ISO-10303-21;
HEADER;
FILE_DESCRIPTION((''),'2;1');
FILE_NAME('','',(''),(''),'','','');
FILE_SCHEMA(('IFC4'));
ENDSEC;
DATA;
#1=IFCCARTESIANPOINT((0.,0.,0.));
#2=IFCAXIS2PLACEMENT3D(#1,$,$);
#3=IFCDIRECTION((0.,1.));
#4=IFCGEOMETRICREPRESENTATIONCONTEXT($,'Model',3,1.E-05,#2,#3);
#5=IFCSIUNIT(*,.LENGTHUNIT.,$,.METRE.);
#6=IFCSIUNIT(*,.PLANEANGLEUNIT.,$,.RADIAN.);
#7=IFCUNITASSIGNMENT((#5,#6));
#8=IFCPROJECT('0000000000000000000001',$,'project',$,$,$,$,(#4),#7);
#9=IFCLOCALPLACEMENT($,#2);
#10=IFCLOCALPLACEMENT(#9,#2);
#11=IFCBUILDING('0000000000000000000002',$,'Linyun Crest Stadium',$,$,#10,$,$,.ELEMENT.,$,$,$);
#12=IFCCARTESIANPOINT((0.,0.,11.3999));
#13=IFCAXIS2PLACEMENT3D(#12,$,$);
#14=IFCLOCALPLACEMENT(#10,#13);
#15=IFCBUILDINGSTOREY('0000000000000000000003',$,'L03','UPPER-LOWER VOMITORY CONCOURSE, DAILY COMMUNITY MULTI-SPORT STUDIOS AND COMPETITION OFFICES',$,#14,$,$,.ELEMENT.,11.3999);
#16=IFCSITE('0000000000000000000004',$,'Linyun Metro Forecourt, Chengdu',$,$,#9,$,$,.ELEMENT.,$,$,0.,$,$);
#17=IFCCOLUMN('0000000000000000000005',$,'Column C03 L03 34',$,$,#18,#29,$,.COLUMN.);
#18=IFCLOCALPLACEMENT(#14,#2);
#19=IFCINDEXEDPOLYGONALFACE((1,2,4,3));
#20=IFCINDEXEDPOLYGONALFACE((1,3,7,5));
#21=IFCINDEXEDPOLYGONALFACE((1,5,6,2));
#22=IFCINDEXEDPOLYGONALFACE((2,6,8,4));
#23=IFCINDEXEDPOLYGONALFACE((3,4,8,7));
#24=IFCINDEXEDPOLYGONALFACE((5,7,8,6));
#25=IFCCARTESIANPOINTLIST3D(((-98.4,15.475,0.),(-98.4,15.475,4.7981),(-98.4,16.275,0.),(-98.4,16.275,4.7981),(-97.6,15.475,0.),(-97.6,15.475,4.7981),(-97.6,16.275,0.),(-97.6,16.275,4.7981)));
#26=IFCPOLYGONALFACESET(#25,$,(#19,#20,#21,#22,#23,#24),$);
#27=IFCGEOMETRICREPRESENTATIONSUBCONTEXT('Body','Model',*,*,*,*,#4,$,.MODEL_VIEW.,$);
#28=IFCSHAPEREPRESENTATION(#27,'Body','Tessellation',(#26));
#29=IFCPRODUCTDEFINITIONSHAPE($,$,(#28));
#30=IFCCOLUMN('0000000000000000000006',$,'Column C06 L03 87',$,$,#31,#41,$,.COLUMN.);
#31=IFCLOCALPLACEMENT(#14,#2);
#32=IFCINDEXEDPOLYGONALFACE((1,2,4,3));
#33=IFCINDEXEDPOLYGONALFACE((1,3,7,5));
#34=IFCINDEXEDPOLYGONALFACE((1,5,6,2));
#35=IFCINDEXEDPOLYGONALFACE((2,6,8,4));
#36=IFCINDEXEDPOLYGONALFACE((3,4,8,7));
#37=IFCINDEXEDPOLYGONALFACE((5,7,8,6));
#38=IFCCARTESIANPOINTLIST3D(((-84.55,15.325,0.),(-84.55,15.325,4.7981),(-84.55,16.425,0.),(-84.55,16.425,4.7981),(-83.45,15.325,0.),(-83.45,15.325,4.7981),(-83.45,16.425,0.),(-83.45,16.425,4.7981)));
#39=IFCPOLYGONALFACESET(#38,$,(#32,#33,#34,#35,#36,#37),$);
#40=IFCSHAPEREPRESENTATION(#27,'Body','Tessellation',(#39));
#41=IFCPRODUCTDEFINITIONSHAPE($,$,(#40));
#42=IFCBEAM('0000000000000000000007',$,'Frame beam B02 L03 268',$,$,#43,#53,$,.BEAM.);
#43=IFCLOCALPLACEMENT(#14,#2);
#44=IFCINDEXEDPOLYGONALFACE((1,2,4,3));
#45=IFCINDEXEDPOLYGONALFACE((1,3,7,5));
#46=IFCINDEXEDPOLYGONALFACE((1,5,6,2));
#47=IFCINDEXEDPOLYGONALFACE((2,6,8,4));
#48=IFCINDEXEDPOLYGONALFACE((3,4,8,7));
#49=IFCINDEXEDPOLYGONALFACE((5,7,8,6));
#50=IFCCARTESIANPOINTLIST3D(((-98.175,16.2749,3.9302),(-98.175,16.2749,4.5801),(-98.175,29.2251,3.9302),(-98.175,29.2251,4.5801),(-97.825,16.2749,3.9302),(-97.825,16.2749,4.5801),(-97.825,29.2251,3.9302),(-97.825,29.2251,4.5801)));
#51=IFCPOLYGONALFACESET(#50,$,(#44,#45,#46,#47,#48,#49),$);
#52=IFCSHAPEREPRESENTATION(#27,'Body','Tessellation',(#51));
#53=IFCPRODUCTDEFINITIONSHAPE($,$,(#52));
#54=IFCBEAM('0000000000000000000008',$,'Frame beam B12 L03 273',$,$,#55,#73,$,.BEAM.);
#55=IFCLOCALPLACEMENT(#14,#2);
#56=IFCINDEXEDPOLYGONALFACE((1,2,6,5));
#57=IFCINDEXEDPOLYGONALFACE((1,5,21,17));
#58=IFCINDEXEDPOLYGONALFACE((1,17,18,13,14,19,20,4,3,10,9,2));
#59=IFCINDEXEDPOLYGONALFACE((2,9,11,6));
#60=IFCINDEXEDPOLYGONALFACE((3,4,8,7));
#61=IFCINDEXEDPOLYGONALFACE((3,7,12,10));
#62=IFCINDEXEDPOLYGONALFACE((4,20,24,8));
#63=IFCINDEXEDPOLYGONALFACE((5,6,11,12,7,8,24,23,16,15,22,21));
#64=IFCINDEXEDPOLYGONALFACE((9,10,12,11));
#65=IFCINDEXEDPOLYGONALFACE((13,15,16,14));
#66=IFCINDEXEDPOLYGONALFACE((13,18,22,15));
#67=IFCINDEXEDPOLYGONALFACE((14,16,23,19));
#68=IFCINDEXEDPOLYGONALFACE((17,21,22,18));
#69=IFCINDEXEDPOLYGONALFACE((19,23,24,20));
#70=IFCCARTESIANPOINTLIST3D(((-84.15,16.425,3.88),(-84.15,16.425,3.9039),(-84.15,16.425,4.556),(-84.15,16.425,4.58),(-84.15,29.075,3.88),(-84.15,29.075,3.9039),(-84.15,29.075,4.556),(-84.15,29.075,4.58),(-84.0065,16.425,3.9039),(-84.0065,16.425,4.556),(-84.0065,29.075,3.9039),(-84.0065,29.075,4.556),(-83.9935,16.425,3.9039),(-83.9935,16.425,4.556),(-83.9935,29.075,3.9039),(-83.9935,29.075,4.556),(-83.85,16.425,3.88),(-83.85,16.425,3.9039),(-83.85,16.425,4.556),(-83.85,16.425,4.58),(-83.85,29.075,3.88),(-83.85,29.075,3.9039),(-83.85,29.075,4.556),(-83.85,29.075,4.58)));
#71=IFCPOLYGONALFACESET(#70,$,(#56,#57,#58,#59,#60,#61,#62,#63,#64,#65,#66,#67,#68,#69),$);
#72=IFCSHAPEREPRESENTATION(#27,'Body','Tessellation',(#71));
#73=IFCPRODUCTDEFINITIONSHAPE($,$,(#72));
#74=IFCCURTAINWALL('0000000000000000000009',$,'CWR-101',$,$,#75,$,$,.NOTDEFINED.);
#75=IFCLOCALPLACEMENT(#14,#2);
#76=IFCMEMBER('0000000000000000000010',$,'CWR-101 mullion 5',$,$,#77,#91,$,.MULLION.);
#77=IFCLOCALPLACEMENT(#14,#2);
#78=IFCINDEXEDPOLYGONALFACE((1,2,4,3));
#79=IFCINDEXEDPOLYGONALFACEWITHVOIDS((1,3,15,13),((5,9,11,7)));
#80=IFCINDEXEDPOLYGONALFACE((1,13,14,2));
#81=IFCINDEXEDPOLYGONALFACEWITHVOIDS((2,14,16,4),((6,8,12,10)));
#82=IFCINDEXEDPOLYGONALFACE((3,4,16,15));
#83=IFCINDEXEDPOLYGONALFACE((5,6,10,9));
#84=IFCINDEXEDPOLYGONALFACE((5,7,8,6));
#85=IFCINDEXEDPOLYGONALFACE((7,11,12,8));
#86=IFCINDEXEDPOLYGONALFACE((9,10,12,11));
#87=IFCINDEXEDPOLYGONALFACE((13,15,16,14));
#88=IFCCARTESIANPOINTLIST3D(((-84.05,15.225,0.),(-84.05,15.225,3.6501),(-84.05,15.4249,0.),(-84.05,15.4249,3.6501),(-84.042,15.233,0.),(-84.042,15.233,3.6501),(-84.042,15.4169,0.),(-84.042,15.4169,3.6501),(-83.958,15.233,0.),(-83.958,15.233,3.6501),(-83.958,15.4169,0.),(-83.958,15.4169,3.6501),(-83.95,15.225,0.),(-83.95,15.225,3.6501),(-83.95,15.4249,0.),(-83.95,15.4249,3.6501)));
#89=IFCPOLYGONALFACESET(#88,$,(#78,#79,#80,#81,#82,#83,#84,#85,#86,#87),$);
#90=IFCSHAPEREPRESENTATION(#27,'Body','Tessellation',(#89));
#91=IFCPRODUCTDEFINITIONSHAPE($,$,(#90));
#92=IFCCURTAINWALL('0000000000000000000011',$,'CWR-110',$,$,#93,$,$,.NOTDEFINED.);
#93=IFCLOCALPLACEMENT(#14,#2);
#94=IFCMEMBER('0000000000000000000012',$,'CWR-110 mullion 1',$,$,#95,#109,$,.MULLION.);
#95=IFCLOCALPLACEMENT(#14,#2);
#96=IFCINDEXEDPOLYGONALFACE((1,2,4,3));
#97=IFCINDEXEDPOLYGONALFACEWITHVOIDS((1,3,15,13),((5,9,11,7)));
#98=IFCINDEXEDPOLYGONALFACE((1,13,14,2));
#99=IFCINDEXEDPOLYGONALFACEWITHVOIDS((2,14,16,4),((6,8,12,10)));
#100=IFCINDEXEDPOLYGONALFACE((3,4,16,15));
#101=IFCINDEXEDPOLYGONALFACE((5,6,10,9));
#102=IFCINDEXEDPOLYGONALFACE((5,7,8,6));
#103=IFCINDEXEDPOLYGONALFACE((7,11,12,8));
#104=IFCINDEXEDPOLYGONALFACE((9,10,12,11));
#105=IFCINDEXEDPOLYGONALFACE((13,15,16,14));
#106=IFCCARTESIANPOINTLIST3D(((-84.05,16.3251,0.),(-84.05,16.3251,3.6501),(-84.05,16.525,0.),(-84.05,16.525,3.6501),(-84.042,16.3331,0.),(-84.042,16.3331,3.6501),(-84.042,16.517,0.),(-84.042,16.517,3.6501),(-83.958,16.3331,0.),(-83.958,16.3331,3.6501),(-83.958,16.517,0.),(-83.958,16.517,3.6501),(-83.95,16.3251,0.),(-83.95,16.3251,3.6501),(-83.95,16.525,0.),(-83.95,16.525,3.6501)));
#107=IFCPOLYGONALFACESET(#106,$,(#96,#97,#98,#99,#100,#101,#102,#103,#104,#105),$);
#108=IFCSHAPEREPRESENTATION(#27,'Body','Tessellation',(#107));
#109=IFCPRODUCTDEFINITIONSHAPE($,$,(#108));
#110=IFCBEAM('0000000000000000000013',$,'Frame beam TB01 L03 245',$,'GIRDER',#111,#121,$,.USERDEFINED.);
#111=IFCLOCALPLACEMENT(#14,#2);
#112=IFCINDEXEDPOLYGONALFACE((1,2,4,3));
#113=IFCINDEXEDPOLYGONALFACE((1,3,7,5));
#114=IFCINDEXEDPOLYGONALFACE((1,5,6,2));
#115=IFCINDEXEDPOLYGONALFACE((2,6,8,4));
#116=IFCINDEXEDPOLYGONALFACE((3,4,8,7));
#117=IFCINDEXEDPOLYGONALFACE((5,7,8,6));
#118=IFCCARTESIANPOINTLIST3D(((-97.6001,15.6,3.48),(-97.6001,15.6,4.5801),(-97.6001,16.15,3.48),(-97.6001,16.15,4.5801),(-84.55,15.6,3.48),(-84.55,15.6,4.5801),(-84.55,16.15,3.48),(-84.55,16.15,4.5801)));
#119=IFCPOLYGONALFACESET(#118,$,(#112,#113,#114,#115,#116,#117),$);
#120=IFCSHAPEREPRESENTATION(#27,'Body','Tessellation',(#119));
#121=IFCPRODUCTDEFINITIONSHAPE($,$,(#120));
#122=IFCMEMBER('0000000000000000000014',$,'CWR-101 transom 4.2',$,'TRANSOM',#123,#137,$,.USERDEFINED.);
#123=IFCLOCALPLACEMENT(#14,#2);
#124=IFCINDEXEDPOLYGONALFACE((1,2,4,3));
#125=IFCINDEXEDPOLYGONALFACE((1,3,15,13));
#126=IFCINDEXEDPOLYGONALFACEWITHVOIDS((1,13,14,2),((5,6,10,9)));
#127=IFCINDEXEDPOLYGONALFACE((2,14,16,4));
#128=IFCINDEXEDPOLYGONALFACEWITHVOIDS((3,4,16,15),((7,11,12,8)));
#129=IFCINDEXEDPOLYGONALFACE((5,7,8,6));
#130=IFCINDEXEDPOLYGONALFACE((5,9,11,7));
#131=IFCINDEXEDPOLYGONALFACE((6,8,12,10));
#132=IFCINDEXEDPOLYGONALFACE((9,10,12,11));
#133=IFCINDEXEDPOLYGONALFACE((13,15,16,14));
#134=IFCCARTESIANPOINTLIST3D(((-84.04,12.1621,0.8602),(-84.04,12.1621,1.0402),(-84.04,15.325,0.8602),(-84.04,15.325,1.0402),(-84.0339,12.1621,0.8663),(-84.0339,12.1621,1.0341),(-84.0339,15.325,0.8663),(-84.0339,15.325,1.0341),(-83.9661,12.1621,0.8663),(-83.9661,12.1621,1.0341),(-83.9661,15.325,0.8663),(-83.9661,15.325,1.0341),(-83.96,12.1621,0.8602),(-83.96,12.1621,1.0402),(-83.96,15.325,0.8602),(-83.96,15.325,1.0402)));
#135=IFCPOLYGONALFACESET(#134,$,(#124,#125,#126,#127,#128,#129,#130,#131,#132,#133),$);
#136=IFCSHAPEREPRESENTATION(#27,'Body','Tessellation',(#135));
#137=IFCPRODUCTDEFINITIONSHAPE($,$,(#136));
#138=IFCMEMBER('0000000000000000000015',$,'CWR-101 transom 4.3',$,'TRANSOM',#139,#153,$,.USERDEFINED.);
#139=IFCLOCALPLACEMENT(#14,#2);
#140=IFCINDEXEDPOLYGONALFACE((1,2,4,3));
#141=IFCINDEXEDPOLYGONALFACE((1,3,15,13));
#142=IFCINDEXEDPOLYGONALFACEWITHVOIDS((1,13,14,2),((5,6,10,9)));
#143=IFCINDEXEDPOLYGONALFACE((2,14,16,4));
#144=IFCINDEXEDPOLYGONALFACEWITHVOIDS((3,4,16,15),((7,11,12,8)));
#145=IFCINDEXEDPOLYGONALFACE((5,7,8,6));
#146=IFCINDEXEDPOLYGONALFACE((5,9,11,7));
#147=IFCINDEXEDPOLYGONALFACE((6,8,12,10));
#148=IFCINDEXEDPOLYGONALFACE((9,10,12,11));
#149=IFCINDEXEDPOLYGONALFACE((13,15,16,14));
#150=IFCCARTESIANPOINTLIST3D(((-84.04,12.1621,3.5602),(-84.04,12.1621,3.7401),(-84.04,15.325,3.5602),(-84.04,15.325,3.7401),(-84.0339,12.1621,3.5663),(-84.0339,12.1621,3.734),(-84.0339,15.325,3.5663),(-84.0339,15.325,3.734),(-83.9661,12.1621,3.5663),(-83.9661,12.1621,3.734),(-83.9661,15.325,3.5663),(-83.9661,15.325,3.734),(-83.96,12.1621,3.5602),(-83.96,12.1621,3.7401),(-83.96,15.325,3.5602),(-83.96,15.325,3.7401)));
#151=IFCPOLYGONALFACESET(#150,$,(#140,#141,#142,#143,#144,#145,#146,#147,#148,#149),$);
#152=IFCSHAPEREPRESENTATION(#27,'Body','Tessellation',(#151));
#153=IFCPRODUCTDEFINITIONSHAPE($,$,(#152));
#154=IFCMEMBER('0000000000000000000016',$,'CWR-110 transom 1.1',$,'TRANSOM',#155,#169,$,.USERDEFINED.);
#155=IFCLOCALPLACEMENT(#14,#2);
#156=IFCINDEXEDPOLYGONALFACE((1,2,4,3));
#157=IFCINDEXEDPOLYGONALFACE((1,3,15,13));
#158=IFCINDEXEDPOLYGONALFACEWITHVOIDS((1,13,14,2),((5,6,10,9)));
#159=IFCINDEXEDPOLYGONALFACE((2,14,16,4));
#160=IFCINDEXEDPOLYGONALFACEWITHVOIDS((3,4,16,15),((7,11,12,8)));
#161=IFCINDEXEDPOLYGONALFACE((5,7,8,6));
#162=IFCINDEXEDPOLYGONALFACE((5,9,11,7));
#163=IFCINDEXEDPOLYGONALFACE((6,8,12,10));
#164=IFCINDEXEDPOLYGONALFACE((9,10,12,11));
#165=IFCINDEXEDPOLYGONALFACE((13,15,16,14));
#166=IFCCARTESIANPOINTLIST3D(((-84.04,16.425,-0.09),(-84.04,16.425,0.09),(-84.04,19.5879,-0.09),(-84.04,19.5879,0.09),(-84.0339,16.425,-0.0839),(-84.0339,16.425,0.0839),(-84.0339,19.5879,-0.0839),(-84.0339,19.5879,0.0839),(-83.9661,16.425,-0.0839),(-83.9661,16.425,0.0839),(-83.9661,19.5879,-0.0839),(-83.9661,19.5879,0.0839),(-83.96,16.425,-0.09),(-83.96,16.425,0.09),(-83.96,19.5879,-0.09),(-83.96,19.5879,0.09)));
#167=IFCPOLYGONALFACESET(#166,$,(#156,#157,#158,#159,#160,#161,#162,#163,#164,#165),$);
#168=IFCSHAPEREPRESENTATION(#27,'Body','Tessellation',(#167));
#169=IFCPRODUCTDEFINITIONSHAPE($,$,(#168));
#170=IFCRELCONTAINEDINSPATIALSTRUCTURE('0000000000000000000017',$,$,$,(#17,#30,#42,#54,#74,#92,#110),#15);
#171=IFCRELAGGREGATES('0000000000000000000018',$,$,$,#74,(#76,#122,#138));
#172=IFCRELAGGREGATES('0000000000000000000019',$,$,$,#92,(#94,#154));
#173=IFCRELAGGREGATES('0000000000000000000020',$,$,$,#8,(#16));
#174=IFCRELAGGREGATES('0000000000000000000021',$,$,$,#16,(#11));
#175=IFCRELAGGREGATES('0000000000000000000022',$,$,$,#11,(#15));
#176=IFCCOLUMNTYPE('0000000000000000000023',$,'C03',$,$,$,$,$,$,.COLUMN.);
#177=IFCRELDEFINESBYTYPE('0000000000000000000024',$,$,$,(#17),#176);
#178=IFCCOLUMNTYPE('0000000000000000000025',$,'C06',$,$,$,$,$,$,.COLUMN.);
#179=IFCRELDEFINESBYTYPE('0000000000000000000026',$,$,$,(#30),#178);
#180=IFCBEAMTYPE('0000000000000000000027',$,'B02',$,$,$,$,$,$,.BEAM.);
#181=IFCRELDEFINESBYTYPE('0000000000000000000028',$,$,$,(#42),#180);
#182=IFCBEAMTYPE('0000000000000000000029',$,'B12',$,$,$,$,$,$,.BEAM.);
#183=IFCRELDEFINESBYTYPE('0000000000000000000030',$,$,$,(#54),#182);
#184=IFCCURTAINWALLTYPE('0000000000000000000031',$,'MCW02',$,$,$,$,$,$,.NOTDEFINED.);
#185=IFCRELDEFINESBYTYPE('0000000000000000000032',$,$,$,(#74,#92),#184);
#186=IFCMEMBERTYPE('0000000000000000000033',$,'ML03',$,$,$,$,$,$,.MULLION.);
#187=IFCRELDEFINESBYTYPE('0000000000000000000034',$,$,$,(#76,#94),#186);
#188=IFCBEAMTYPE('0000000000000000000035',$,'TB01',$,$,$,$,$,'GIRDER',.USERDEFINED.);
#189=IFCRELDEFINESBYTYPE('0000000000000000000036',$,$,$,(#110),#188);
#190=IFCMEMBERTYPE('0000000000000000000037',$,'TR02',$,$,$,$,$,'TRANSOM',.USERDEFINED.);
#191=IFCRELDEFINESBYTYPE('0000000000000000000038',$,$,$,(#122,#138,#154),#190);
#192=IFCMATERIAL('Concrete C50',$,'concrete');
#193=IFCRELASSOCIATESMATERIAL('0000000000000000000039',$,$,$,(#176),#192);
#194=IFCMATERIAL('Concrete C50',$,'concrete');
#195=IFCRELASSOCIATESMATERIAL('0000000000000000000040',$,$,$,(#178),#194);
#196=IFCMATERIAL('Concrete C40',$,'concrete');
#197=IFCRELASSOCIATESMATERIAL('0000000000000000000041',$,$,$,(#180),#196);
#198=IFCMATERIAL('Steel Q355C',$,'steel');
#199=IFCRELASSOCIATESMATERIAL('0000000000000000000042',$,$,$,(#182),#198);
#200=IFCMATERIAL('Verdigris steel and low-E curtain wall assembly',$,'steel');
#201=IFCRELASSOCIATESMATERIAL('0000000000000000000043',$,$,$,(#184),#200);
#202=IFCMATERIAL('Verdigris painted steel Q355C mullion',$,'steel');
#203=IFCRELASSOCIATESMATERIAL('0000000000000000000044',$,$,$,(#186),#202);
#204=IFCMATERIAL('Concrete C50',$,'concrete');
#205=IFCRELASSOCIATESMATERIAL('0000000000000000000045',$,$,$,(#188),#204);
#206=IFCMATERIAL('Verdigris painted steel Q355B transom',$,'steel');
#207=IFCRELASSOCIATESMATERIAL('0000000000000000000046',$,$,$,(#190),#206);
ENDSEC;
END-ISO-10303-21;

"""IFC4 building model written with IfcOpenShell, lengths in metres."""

from ifc_helpers import new_model, si_unit, direction, frame, origin, origin_2d, place, context, subcontext, project, spatial, rectangle, hollow_rectangle, i_section, extrude, material, material_profile, profile_set, type_object, element, aggregate, save


model = new_model("IFC4")

# Units and contexts
model_context = context("Model", 3, precision=1e-05, world=origin(), true_north=direction((0.0, 1.0)))
body_context = subcontext(model_context, "Body", "Model", "MODEL_VIEW")
ifc_project = project(units=[si_unit("LENGTHUNIT", "METRE"), si_unit("PLANEANGLEUNIT", "RADIAN")], contexts=[model_context])

# Site, building, storey
site_placement = place(None, origin())
site = spatial("IfcSite", under=ifc_project, at=site_placement, Name="Linyun Metro Forecourt, Chengdu", CompositionType="ELEMENT", RefElevation=0.0)
building_placement = place(site_placement, origin())
building = spatial("IfcBuilding", under=site, at=building_placement, Name="Linyun Crest Stadium", CompositionType="ELEMENT")
storey_placement = place(building_placement, frame((0.0, 0.0, 11.3999)))
storey = spatial("IfcBuildingStorey", under=building, at=storey_placement, Name="L03", Description="UPPER-LOWER VOMITORY CONCOURSE, DAILY COMMUNITY MULTI-SPORT STUDIOS AND COMPETITION OFFICES", CompositionType="ELEMENT", Elevation=11.3999)

# Columns
ifc_material_1 = material(Name="Concrete C50", Category="concrete")
ifc_material_profile_1 = material_profile(ifc_material_1, rectangle(XDim=0.8, YDim=0.8, at=origin_2d()), Name="RC 800x800")
ifc_profile_set_1 = profile_set([ifc_material_profile_1], Name="Concrete C50")
column_type_1 = type_object("IfcColumnType", Name="C03", PredefinedType="COLUMN", material=ifc_profile_set_1)
column_1_placement = place(storey_placement, frame((-98.0, 15.875, 0.0), z_axis=(0.0, 0.0, 1.0), x_axis=(1.0, 0.0, 0.0)))
element("IfcColumn", 1, at=column_1_placement, inside=storey, type_object=column_type_1, Name="Column C03 L03 34", PredefinedType="COLUMN", context=body_context, shape_type="SweptSolid", body=[
    extrude(rectangle(XDim=0.8, YDim=0.8, at=origin_2d()), origin(), (0.0, 0.0, 1.0), 4.7981),
])
ifc_material_2 = material(Name="Concrete C50", Category="concrete")
ifc_material_profile_2 = material_profile(ifc_material_2, rectangle(XDim=1.1001, YDim=1.1001, at=origin_2d()), Name="RC 1100x1100")
ifc_profile_set_2 = profile_set([ifc_material_profile_2], Name="Concrete C50")
column_type_2 = type_object("IfcColumnType", Name="C06", PredefinedType="COLUMN", material=ifc_profile_set_2)
column_2_placement = place(storey_placement, frame((-84.0, 15.875, 0.0), z_axis=(0.0, 0.0, 1.0), x_axis=(1.0, 0.0, 0.0)))
element("IfcColumn", 2, at=column_2_placement, inside=storey, type_object=column_type_2, Name="Column C06 L03 87", PredefinedType="COLUMN", context=body_context, shape_type="SweptSolid", body=[
    extrude(rectangle(XDim=1.1001, YDim=1.1001, at=origin_2d()), origin(), (0.0, 0.0, 1.0), 4.7981),
])

# Beams
ifc_material_3 = material(Name="Concrete C40", Category="concrete")
ifc_material_profile_3 = material_profile(ifc_material_3, rectangle(XDim=0.3501, YDim=0.6499, at=origin_2d()), Name="RCB 650x350")
ifc_profile_set_3 = profile_set([ifc_material_profile_3], Name="Concrete C40")
beam_type_1 = type_object("IfcBeamType", Name="B02", PredefinedType="BEAM", material=ifc_profile_set_3)
beam_1_placement = place(storey_placement, frame((-98.0, 16.2749, 4.2551), z_axis=(0.0, 1.0, 0.0), x_axis=(-1.0, 0.0, 0.0)))
element("IfcBeam", 3, at=beam_1_placement, inside=storey, type_object=beam_type_1, Name="Frame beam B02 L03 268", PredefinedType="BEAM", context=body_context, shape_type="SweptSolid", body=[
    extrude(rectangle(XDim=0.3501, YDim=0.6499, at=origin_2d()), origin(), (0.0, 0.0, 1.0), 12.9502),
])
ifc_material_4 = material(Name="Steel Q355C", Category="steel")
ifc_material_profile_4 = material_profile(ifc_material_4, i_section(OverallWidth=0.3, OverallDepth=0.7, WebThickness=0.0129, FlangeThickness=0.0239, at=origin_2d()), Name="HN 700x300")
ifc_profile_set_4 = profile_set([ifc_material_profile_4], Name="Steel Q355C")
beam_type_2 = type_object("IfcBeamType", Name="B12", PredefinedType="BEAM", material=ifc_profile_set_4)
beam_2_placement = place(storey_placement, frame((-84.0, 16.425, 4.23), z_axis=(0.0, 1.0, 0.0), x_axis=(-1.0, 0.0, 0.0)))
element("IfcBeam", 4, at=beam_2_placement, inside=storey, type_object=beam_type_2, Name="Frame beam B12 L03 273", PredefinedType="BEAM", context=body_context, shape_type="SweptSolid", body=[
    extrude(i_section(OverallWidth=0.3, OverallDepth=0.7, WebThickness=0.0129, FlangeThickness=0.0239, at=origin_2d()), origin(), (0.0, 0.0, 1.0), 12.6499),
])

# Curtain walls, members
ifc_material_5 = material(Name="Verdigris steel and low-E curtain wall assembly", Category="steel")
curtain_wall_type = type_object("IfcCurtainWallType", Name="MCW02", PredefinedType="NOTDEFINED", material=ifc_material_5)
curtain_wall_1_placement = place(storey_placement, origin())
curtain_wall_1 = element("IfcCurtainWall", 5, at=curtain_wall_1_placement, inside=storey, type_object=curtain_wall_type, Name="CWR-101", PredefinedType="NOTDEFINED")
ifc_material_6 = material(Name="Verdigris painted steel Q355C mullion", Category="steel")
ifc_material_profile_5 = material_profile(ifc_material_6, hollow_rectangle(XDim=0.1001, YDim=0.2, WallThickness=0.0081, at=origin_2d()), Name="RHS 200x100x8")
ifc_profile_set_5 = profile_set([ifc_material_profile_5], Name="Verdigris painted steel Q355C mullion")
member_type_1 = type_object("IfcMemberType", Name="ML03", PredefinedType="MULLION", material=ifc_profile_set_5)
member_1_placement = place(storey_placement, frame((-84.0, 15.325, 0.0), z_axis=(0.0, 0.0, 1.0), x_axis=(-1.0, 0.0, 0.0)))
member_1 = element("IfcMember", 6, at=member_1_placement, type_object=member_type_1, Name="CWR-101 mullion 5", PredefinedType="MULLION", context=body_context, shape_type="SweptSolid", body=[
    extrude(hollow_rectangle(XDim=0.1001, YDim=0.2, WallThickness=0.0081, at=origin_2d()), origin(), (0.0, 0.0, 1.0), 3.6501),
])
curtain_wall_2_placement = place(storey_placement, origin())
curtain_wall_2 = element("IfcCurtainWall", 7, at=curtain_wall_2_placement, inside=storey, type_object=curtain_wall_type, Name="CWR-110", PredefinedType="NOTDEFINED")
member_2_placement = place(storey_placement, frame((-84.0, 16.425, 0.0), z_axis=(0.0, 0.0, 1.0), x_axis=(-1.0, 0.0, 0.0)))
member_2 = element("IfcMember", 8, at=member_2_placement, type_object=member_type_1, Name="CWR-110 mullion 1", PredefinedType="MULLION", context=body_context, shape_type="SweptSolid", body=[
    extrude(hollow_rectangle(XDim=0.1001, YDim=0.2, WallThickness=0.0081, at=origin_2d()), origin(), (0.0, 0.0, 1.0), 3.6501),
])

# Beam
ifc_material_7 = material(Name="Concrete C50", Category="concrete")
ifc_material_profile_6 = material_profile(ifc_material_7, rectangle(XDim=0.55, YDim=1.1001, at=origin_2d()), Name="RCB 1100x550")
ifc_profile_set_6 = profile_set([ifc_material_profile_6], Name="Concrete C50")
beam_type_3 = type_object("IfcBeamType", Name="TB01", ElementType="GIRDER", PredefinedType="USERDEFINED", material=ifc_profile_set_6)
beam_3_placement = place(storey_placement, frame((-97.6001, 15.875, 4.03), z_axis=(1.0, 0.0, 0.0), x_axis=(0.0, 1.0, 0.0)))
element("IfcBeam", 9, at=beam_3_placement, inside=storey, type_object=beam_type_3, Name="Frame beam TB01 L03 245", ObjectType="GIRDER", PredefinedType="USERDEFINED", context=body_context, shape_type="SweptSolid", body=[
    extrude(rectangle(XDim=0.55, YDim=1.1001, at=origin_2d()), origin(), (0.0, 0.0, 1.0), 13.05),
])

# Members
ifc_material_8 = material(Name="Verdigris painted steel Q355B transom", Category="steel")
ifc_material_profile_7 = material_profile(ifc_material_8, hollow_rectangle(XDim=0.0801, YDim=0.1799, WallThickness=0.0061, at=origin_2d()), Name="RHS 180x80x6")
ifc_profile_set_7 = profile_set([ifc_material_profile_7], Name="Verdigris painted steel Q355B transom")
member_type_2 = type_object("IfcMemberType", Name="TR02", ElementType="TRANSOM", PredefinedType="USERDEFINED", material=ifc_profile_set_7)
member_3_placement = place(storey_placement, frame((-84.0, 12.1621, 0.9502), z_axis=(0.0, 1.0, 0.0), x_axis=(-1.0, 0.0, 0.0)))
member_3 = element("IfcMember", 10, at=member_3_placement, type_object=member_type_2, Name="CWR-101 transom 4.2", ObjectType="TRANSOM", PredefinedType="USERDEFINED", context=body_context, shape_type="SweptSolid", body=[
    extrude(hollow_rectangle(XDim=0.0801, YDim=0.1799, WallThickness=0.0061, at=origin_2d()), origin(), (0.0, 0.0, 1.0), 3.1628),
])
member_4_placement = place(storey_placement, frame((-84.0, 12.1621, 3.6501), z_axis=(0.0, 1.0, 0.0), x_axis=(-1.0, 0.0, 0.0)))
member_4 = element("IfcMember", 11, at=member_4_placement, type_object=member_type_2, Name="CWR-101 transom 4.3", ObjectType="TRANSOM", PredefinedType="USERDEFINED", context=body_context, shape_type="SweptSolid", body=[
    extrude(hollow_rectangle(XDim=0.0801, YDim=0.1799, WallThickness=0.0061, at=origin_2d()), origin(), (0.0, 0.0, 1.0), 3.1628),
])
member_5_placement = place(storey_placement, frame((-84.0, 16.425, 0.0), z_axis=(0.0, 1.0, 0.0), x_axis=(-1.0, 0.0, 0.0)))
member_5 = element("IfcMember", 12, at=member_5_placement, type_object=member_type_2, Name="CWR-110 transom 1.1", ObjectType="TRANSOM", PredefinedType="USERDEFINED", context=body_context, shape_type="SweptSolid", body=[
    extrude(hollow_rectangle(XDim=0.0801, YDim=0.1799, WallThickness=0.0061, at=origin_2d()), origin(), (0.0, 0.0, 1.0), 3.1628),
])

aggregate(curtain_wall_1, [member_1, member_3, member_4])
aggregate(curtain_wall_2, [member_2, member_5])

save(model, "model.ifc")
